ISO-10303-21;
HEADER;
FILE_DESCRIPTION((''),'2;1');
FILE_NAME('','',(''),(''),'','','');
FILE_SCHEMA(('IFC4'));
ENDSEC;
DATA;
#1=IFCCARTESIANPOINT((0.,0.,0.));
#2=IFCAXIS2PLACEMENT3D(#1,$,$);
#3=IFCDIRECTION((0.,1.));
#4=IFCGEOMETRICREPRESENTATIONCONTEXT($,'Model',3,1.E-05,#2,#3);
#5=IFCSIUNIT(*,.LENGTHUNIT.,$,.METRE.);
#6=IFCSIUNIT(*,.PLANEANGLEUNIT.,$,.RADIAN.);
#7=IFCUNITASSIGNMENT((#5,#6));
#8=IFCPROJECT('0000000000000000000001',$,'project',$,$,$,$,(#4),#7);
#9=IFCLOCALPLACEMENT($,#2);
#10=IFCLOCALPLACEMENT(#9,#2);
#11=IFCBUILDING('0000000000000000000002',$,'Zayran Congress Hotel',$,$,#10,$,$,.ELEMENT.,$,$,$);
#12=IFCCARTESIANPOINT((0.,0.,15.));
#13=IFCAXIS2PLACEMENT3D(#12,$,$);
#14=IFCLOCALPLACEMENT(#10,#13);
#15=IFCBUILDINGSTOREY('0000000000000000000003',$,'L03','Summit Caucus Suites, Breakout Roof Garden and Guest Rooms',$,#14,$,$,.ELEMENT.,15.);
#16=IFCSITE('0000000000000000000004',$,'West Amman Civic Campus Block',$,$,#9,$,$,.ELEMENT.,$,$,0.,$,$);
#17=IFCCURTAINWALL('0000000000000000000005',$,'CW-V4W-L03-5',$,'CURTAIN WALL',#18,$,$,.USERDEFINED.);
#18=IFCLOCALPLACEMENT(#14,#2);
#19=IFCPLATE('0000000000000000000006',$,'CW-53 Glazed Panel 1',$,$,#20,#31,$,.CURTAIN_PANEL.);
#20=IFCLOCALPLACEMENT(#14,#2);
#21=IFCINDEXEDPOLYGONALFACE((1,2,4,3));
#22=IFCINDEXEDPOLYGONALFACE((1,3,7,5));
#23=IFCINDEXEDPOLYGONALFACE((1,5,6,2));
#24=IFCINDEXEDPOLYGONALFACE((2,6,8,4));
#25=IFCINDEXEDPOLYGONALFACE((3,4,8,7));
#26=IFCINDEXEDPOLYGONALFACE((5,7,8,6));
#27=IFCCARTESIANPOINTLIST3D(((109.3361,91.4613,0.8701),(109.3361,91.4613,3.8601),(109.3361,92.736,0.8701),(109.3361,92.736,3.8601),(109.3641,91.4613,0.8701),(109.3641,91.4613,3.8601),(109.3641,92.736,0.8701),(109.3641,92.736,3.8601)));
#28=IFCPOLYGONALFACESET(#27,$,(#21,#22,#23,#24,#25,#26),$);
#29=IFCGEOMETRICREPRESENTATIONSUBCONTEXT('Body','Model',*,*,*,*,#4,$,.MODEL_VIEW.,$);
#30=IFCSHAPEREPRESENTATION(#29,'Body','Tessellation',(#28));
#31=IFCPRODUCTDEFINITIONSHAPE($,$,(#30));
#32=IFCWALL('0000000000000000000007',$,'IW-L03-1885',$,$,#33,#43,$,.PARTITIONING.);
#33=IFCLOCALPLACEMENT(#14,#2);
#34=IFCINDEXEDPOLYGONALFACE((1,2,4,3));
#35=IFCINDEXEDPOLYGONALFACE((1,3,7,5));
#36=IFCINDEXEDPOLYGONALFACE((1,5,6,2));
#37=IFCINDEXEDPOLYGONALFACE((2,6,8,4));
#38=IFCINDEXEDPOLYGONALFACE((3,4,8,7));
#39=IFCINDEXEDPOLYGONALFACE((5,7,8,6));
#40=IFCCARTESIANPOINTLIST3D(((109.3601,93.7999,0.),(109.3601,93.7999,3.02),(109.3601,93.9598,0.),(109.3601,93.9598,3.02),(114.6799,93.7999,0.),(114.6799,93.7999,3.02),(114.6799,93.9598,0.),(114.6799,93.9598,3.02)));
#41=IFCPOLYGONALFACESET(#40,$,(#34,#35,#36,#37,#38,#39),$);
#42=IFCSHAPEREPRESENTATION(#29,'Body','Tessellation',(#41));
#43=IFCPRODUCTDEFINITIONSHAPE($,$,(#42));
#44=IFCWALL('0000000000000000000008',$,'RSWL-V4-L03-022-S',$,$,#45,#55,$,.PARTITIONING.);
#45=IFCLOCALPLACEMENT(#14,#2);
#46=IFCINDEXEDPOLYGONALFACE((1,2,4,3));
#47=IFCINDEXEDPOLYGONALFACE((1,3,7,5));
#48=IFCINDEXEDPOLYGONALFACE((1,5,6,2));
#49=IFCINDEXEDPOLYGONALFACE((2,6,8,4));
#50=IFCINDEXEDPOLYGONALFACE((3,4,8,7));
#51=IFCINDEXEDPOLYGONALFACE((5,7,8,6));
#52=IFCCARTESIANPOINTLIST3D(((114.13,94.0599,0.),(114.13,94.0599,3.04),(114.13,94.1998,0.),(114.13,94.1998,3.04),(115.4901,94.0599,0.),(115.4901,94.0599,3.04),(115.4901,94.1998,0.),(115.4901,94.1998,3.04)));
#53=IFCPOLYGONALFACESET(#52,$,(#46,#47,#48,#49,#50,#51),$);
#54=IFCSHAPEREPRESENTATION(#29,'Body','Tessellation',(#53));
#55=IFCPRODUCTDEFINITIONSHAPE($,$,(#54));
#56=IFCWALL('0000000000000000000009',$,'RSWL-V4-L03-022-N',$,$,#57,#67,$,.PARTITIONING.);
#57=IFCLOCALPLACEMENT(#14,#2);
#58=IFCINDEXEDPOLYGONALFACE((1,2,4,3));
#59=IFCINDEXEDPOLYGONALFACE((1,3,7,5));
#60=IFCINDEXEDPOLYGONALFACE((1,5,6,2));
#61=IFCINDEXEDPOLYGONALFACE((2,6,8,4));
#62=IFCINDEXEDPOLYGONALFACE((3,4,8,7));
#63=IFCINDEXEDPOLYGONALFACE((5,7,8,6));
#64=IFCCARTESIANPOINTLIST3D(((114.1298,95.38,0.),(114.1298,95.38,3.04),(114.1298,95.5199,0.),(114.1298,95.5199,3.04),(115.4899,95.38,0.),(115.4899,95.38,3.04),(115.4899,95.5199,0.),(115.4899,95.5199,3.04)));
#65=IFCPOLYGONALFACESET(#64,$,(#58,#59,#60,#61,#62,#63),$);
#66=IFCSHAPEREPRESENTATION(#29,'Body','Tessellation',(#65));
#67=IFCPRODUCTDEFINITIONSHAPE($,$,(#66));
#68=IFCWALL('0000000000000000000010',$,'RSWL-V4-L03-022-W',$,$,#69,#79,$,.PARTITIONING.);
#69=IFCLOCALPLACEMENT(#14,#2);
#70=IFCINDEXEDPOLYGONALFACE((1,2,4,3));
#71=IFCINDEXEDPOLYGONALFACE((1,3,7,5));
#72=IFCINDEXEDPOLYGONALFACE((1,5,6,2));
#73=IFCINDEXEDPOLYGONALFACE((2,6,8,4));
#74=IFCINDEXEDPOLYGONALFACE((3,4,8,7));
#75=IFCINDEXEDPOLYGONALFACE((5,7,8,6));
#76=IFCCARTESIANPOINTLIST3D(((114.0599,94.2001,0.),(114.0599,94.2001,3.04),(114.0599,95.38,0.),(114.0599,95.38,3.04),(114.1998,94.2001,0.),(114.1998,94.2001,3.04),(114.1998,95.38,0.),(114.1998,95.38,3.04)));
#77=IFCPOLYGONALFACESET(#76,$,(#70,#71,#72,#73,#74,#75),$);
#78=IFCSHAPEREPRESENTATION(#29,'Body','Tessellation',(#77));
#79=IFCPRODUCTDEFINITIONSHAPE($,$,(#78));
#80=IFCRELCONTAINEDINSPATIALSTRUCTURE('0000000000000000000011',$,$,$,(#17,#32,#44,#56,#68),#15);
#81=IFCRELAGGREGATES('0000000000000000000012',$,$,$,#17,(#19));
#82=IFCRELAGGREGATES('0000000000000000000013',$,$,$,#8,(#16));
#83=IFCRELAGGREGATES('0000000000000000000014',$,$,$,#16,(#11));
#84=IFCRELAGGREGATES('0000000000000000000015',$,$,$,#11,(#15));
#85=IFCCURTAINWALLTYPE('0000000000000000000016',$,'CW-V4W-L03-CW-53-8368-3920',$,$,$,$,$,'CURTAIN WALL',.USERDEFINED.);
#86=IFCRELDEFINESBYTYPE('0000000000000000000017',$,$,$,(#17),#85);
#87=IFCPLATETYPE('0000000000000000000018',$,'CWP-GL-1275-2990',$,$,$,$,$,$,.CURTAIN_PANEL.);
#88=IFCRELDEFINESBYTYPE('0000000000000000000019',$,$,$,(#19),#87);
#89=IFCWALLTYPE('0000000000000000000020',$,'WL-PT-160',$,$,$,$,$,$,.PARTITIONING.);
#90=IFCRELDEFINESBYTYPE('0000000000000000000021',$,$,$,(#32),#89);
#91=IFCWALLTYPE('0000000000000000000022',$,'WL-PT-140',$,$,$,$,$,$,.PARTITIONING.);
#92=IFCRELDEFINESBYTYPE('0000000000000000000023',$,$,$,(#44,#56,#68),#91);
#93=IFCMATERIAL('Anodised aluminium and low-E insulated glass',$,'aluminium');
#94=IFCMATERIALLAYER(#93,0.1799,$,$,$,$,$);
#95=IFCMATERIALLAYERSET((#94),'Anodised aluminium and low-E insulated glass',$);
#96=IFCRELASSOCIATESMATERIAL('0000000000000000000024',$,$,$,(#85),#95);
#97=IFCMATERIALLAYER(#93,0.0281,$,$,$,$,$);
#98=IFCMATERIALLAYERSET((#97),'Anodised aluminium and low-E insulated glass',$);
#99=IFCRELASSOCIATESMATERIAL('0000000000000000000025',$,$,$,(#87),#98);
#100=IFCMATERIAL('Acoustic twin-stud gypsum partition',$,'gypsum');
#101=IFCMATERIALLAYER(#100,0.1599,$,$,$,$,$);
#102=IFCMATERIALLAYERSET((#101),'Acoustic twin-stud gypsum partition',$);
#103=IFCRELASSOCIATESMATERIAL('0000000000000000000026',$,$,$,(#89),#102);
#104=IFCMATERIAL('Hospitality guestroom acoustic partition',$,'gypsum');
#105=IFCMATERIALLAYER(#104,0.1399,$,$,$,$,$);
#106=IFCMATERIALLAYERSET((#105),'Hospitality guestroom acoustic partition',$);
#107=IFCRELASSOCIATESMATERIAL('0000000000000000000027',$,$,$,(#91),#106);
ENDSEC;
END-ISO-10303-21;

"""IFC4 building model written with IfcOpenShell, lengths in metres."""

from ifc_helpers import new_model, si_unit, direction, frame, frame_2d, origin, origin_2d, place, context, subcontext, project, spatial, rectangle, extrude, material, layer, layer_set, type_object, element, aggregate, save


model = new_model("IFC4")

# Units and contexts
model_context = context("Model", 3, precision=1e-05, world=origin(), true_north=direction((0.0, 1.0)))
body_context = subcontext(model_context, "Body", "Model", "MODEL_VIEW")
ifc_project = project(units=[si_unit("LENGTHUNIT", "METRE"), si_unit("PLANEANGLEUNIT", "RADIAN")], contexts=[model_context])

# Site, building, storey
site_placement = place(None, origin())
site = spatial("IfcSite", under=ifc_project, at=site_placement, Name="West Amman Civic Campus Block", CompositionType="ELEMENT", RefElevation=0.0)
building_placement = place(site_placement, origin())
building = spatial("IfcBuilding", under=site, at=building_placement, Name="Zayran Congress Hotel", CompositionType="ELEMENT")
storey_placement = place(building_placement, frame((0.0, 0.0, 15.0)))
storey = spatial("IfcBuildingStorey", under=building, at=storey_placement, Name="L03", Description="Summit Caucus Suites, Breakout Roof Garden and Guest Rooms", CompositionType="ELEMENT", Elevation=15.0)

# Curtain wall
ifc_material_1 = material(Name="Anodised aluminium and low-E insulated glass", Category="aluminium")
ifc_layer_1 = layer(ifc_material_1, 0.1799)
ifc_layer_set_1 = layer_set([ifc_layer_1], Name="Anodised aluminium and low-E insulated glass")
curtain_wall_type_1 = type_object("IfcCurtainWallType", Name="CW-V4W-L03-CW-53-8368-3920", ElementType="CURTAIN WALL", PredefinedType="USERDEFINED", material=ifc_layer_set_1)
curtain_wall_1_placement = place(storey_placement, origin())
curtain_wall_1 = element("IfcCurtainWall", 1, at=curtain_wall_1_placement, inside=storey, type_object=curtain_wall_type_1, Name="CW-V4W-L03-5", ObjectType="CURTAIN WALL", PredefinedType="USERDEFINED")

# Plate
ifc_layer_2 = layer(ifc_material_1, 0.0281)
ifc_layer_set_2 = layer_set([ifc_layer_2], Name="Anodised aluminium and low-E insulated glass")
plate_type_1 = type_object("IfcPlateType", Name="CWP-GL-1275-2990", PredefinedType="CURTAIN_PANEL", material=ifc_layer_set_2)
plate_1_placement = place(storey_placement, frame((109.3501, 92.0986, 0.8701), z_axis=(0.0, 0.0, 1.0), x_axis=(0.0, 1.0, 0.0)))
plate_1 = element("IfcPlate", 2, at=plate_1_placement, type_object=plate_type_1, Name="CW-53 Glazed Panel 1", PredefinedType="CURTAIN_PANEL", context=body_context, shape_type="SweptSolid", body=[
    extrude(rectangle(XDim=1.2747, YDim=0.0281, at=origin_2d()), origin(), (0.0, 0.0, 1.0), 2.99),
])
aggregate(curtain_wall_1, [plate_1])

# Walls
ifc_material_2 = material(Name="Acoustic twin-stud gypsum partition", Category="gypsum")
ifc_layer_3 = layer(ifc_material_2, 0.1599)
ifc_layer_set_3 = layer_set([ifc_layer_3], Name="Acoustic twin-stud gypsum partition")
wall_type_1 = type_object("IfcWallType", Name="WL-PT-160", PredefinedType="PARTITIONING", material=ifc_layer_set_3)
wall_placement = place(storey_placement, frame((109.3601, 93.8799, 0.0), z_axis=(0.0, 0.0, 1.0), x_axis=(1.0, 0.0, 0.0)))
element("IfcWall", 3, at=wall_placement, inside=storey, type_object=wall_type_1, Name="IW-L03-1885", PredefinedType="PARTITIONING", context=body_context, shape_type="SweptSolid", body=[
    extrude(rectangle(XDim=5.3198, YDim=0.1599, at=frame_2d((2.6599, 0.0))), origin(), (0.0, 0.0, 1.0), 3.02),
])
ifc_material_3 = material(Name="Hospitality guestroom acoustic partition", Category="gypsum")
ifc_layer_4 = layer(ifc_material_3, 0.1399)
ifc_layer_set_4 = layer_set([ifc_layer_4], Name="Hospitality guestroom acoustic partition")
wall_type_2 = type_object("IfcWallType", Name="WL-PT-140", PredefinedType="PARTITIONING", material=ifc_layer_set_4)
for number, where, z_axis, x_axis, name in (
    (4, (114.1299, 94.1299, 0.0), (0.0, 0.0, 1.0), (1.0, 0.0, 0.0), "RSWL-V4-L03-022-S"),
    (5, (115.49, 95.45, 0.0), (0.0, 0.0, 1.0), (-1.0, 0.0, 0.0), "RSWL-V4-L03-022-N"),
):
    element("IfcWall", number, at=place(storey_placement, frame(where, z_axis=z_axis, x_axis=x_axis)), inside=storey, type_object=wall_type_2, Name=name, PredefinedType="PARTITIONING", context=body_context, shape_type="SweptSolid", body=[
        extrude(rectangle(XDim=1.3601, YDim=0.1399, at=frame_2d((0.6802, 0.0))), origin(), (0.0, 0.0, 1.0), 3.04),
    ])
for number, where, z_axis, x_axis, name in (
    (6, (114.1299, 95.3799, 0.0), (0.0, 0.0, 1.0), (0.0, -1.0, 0.0), "RSWL-V4-L03-022-W"),
):
    element("IfcWall", number, at=place(storey_placement, frame(where, z_axis=z_axis, x_axis=x_axis)), inside=storey, type_object=wall_type_2, Name=name, PredefinedType="PARTITIONING", context=body_context, shape_type="SweptSolid", body=[
        extrude(rectangle(XDim=1.1799, YDim=0.1399, at=frame_2d((0.5898, 0.0))), origin(), (0.0, 0.0, 1.0), 3.04),
    ])

save(model, "model.ifc")
